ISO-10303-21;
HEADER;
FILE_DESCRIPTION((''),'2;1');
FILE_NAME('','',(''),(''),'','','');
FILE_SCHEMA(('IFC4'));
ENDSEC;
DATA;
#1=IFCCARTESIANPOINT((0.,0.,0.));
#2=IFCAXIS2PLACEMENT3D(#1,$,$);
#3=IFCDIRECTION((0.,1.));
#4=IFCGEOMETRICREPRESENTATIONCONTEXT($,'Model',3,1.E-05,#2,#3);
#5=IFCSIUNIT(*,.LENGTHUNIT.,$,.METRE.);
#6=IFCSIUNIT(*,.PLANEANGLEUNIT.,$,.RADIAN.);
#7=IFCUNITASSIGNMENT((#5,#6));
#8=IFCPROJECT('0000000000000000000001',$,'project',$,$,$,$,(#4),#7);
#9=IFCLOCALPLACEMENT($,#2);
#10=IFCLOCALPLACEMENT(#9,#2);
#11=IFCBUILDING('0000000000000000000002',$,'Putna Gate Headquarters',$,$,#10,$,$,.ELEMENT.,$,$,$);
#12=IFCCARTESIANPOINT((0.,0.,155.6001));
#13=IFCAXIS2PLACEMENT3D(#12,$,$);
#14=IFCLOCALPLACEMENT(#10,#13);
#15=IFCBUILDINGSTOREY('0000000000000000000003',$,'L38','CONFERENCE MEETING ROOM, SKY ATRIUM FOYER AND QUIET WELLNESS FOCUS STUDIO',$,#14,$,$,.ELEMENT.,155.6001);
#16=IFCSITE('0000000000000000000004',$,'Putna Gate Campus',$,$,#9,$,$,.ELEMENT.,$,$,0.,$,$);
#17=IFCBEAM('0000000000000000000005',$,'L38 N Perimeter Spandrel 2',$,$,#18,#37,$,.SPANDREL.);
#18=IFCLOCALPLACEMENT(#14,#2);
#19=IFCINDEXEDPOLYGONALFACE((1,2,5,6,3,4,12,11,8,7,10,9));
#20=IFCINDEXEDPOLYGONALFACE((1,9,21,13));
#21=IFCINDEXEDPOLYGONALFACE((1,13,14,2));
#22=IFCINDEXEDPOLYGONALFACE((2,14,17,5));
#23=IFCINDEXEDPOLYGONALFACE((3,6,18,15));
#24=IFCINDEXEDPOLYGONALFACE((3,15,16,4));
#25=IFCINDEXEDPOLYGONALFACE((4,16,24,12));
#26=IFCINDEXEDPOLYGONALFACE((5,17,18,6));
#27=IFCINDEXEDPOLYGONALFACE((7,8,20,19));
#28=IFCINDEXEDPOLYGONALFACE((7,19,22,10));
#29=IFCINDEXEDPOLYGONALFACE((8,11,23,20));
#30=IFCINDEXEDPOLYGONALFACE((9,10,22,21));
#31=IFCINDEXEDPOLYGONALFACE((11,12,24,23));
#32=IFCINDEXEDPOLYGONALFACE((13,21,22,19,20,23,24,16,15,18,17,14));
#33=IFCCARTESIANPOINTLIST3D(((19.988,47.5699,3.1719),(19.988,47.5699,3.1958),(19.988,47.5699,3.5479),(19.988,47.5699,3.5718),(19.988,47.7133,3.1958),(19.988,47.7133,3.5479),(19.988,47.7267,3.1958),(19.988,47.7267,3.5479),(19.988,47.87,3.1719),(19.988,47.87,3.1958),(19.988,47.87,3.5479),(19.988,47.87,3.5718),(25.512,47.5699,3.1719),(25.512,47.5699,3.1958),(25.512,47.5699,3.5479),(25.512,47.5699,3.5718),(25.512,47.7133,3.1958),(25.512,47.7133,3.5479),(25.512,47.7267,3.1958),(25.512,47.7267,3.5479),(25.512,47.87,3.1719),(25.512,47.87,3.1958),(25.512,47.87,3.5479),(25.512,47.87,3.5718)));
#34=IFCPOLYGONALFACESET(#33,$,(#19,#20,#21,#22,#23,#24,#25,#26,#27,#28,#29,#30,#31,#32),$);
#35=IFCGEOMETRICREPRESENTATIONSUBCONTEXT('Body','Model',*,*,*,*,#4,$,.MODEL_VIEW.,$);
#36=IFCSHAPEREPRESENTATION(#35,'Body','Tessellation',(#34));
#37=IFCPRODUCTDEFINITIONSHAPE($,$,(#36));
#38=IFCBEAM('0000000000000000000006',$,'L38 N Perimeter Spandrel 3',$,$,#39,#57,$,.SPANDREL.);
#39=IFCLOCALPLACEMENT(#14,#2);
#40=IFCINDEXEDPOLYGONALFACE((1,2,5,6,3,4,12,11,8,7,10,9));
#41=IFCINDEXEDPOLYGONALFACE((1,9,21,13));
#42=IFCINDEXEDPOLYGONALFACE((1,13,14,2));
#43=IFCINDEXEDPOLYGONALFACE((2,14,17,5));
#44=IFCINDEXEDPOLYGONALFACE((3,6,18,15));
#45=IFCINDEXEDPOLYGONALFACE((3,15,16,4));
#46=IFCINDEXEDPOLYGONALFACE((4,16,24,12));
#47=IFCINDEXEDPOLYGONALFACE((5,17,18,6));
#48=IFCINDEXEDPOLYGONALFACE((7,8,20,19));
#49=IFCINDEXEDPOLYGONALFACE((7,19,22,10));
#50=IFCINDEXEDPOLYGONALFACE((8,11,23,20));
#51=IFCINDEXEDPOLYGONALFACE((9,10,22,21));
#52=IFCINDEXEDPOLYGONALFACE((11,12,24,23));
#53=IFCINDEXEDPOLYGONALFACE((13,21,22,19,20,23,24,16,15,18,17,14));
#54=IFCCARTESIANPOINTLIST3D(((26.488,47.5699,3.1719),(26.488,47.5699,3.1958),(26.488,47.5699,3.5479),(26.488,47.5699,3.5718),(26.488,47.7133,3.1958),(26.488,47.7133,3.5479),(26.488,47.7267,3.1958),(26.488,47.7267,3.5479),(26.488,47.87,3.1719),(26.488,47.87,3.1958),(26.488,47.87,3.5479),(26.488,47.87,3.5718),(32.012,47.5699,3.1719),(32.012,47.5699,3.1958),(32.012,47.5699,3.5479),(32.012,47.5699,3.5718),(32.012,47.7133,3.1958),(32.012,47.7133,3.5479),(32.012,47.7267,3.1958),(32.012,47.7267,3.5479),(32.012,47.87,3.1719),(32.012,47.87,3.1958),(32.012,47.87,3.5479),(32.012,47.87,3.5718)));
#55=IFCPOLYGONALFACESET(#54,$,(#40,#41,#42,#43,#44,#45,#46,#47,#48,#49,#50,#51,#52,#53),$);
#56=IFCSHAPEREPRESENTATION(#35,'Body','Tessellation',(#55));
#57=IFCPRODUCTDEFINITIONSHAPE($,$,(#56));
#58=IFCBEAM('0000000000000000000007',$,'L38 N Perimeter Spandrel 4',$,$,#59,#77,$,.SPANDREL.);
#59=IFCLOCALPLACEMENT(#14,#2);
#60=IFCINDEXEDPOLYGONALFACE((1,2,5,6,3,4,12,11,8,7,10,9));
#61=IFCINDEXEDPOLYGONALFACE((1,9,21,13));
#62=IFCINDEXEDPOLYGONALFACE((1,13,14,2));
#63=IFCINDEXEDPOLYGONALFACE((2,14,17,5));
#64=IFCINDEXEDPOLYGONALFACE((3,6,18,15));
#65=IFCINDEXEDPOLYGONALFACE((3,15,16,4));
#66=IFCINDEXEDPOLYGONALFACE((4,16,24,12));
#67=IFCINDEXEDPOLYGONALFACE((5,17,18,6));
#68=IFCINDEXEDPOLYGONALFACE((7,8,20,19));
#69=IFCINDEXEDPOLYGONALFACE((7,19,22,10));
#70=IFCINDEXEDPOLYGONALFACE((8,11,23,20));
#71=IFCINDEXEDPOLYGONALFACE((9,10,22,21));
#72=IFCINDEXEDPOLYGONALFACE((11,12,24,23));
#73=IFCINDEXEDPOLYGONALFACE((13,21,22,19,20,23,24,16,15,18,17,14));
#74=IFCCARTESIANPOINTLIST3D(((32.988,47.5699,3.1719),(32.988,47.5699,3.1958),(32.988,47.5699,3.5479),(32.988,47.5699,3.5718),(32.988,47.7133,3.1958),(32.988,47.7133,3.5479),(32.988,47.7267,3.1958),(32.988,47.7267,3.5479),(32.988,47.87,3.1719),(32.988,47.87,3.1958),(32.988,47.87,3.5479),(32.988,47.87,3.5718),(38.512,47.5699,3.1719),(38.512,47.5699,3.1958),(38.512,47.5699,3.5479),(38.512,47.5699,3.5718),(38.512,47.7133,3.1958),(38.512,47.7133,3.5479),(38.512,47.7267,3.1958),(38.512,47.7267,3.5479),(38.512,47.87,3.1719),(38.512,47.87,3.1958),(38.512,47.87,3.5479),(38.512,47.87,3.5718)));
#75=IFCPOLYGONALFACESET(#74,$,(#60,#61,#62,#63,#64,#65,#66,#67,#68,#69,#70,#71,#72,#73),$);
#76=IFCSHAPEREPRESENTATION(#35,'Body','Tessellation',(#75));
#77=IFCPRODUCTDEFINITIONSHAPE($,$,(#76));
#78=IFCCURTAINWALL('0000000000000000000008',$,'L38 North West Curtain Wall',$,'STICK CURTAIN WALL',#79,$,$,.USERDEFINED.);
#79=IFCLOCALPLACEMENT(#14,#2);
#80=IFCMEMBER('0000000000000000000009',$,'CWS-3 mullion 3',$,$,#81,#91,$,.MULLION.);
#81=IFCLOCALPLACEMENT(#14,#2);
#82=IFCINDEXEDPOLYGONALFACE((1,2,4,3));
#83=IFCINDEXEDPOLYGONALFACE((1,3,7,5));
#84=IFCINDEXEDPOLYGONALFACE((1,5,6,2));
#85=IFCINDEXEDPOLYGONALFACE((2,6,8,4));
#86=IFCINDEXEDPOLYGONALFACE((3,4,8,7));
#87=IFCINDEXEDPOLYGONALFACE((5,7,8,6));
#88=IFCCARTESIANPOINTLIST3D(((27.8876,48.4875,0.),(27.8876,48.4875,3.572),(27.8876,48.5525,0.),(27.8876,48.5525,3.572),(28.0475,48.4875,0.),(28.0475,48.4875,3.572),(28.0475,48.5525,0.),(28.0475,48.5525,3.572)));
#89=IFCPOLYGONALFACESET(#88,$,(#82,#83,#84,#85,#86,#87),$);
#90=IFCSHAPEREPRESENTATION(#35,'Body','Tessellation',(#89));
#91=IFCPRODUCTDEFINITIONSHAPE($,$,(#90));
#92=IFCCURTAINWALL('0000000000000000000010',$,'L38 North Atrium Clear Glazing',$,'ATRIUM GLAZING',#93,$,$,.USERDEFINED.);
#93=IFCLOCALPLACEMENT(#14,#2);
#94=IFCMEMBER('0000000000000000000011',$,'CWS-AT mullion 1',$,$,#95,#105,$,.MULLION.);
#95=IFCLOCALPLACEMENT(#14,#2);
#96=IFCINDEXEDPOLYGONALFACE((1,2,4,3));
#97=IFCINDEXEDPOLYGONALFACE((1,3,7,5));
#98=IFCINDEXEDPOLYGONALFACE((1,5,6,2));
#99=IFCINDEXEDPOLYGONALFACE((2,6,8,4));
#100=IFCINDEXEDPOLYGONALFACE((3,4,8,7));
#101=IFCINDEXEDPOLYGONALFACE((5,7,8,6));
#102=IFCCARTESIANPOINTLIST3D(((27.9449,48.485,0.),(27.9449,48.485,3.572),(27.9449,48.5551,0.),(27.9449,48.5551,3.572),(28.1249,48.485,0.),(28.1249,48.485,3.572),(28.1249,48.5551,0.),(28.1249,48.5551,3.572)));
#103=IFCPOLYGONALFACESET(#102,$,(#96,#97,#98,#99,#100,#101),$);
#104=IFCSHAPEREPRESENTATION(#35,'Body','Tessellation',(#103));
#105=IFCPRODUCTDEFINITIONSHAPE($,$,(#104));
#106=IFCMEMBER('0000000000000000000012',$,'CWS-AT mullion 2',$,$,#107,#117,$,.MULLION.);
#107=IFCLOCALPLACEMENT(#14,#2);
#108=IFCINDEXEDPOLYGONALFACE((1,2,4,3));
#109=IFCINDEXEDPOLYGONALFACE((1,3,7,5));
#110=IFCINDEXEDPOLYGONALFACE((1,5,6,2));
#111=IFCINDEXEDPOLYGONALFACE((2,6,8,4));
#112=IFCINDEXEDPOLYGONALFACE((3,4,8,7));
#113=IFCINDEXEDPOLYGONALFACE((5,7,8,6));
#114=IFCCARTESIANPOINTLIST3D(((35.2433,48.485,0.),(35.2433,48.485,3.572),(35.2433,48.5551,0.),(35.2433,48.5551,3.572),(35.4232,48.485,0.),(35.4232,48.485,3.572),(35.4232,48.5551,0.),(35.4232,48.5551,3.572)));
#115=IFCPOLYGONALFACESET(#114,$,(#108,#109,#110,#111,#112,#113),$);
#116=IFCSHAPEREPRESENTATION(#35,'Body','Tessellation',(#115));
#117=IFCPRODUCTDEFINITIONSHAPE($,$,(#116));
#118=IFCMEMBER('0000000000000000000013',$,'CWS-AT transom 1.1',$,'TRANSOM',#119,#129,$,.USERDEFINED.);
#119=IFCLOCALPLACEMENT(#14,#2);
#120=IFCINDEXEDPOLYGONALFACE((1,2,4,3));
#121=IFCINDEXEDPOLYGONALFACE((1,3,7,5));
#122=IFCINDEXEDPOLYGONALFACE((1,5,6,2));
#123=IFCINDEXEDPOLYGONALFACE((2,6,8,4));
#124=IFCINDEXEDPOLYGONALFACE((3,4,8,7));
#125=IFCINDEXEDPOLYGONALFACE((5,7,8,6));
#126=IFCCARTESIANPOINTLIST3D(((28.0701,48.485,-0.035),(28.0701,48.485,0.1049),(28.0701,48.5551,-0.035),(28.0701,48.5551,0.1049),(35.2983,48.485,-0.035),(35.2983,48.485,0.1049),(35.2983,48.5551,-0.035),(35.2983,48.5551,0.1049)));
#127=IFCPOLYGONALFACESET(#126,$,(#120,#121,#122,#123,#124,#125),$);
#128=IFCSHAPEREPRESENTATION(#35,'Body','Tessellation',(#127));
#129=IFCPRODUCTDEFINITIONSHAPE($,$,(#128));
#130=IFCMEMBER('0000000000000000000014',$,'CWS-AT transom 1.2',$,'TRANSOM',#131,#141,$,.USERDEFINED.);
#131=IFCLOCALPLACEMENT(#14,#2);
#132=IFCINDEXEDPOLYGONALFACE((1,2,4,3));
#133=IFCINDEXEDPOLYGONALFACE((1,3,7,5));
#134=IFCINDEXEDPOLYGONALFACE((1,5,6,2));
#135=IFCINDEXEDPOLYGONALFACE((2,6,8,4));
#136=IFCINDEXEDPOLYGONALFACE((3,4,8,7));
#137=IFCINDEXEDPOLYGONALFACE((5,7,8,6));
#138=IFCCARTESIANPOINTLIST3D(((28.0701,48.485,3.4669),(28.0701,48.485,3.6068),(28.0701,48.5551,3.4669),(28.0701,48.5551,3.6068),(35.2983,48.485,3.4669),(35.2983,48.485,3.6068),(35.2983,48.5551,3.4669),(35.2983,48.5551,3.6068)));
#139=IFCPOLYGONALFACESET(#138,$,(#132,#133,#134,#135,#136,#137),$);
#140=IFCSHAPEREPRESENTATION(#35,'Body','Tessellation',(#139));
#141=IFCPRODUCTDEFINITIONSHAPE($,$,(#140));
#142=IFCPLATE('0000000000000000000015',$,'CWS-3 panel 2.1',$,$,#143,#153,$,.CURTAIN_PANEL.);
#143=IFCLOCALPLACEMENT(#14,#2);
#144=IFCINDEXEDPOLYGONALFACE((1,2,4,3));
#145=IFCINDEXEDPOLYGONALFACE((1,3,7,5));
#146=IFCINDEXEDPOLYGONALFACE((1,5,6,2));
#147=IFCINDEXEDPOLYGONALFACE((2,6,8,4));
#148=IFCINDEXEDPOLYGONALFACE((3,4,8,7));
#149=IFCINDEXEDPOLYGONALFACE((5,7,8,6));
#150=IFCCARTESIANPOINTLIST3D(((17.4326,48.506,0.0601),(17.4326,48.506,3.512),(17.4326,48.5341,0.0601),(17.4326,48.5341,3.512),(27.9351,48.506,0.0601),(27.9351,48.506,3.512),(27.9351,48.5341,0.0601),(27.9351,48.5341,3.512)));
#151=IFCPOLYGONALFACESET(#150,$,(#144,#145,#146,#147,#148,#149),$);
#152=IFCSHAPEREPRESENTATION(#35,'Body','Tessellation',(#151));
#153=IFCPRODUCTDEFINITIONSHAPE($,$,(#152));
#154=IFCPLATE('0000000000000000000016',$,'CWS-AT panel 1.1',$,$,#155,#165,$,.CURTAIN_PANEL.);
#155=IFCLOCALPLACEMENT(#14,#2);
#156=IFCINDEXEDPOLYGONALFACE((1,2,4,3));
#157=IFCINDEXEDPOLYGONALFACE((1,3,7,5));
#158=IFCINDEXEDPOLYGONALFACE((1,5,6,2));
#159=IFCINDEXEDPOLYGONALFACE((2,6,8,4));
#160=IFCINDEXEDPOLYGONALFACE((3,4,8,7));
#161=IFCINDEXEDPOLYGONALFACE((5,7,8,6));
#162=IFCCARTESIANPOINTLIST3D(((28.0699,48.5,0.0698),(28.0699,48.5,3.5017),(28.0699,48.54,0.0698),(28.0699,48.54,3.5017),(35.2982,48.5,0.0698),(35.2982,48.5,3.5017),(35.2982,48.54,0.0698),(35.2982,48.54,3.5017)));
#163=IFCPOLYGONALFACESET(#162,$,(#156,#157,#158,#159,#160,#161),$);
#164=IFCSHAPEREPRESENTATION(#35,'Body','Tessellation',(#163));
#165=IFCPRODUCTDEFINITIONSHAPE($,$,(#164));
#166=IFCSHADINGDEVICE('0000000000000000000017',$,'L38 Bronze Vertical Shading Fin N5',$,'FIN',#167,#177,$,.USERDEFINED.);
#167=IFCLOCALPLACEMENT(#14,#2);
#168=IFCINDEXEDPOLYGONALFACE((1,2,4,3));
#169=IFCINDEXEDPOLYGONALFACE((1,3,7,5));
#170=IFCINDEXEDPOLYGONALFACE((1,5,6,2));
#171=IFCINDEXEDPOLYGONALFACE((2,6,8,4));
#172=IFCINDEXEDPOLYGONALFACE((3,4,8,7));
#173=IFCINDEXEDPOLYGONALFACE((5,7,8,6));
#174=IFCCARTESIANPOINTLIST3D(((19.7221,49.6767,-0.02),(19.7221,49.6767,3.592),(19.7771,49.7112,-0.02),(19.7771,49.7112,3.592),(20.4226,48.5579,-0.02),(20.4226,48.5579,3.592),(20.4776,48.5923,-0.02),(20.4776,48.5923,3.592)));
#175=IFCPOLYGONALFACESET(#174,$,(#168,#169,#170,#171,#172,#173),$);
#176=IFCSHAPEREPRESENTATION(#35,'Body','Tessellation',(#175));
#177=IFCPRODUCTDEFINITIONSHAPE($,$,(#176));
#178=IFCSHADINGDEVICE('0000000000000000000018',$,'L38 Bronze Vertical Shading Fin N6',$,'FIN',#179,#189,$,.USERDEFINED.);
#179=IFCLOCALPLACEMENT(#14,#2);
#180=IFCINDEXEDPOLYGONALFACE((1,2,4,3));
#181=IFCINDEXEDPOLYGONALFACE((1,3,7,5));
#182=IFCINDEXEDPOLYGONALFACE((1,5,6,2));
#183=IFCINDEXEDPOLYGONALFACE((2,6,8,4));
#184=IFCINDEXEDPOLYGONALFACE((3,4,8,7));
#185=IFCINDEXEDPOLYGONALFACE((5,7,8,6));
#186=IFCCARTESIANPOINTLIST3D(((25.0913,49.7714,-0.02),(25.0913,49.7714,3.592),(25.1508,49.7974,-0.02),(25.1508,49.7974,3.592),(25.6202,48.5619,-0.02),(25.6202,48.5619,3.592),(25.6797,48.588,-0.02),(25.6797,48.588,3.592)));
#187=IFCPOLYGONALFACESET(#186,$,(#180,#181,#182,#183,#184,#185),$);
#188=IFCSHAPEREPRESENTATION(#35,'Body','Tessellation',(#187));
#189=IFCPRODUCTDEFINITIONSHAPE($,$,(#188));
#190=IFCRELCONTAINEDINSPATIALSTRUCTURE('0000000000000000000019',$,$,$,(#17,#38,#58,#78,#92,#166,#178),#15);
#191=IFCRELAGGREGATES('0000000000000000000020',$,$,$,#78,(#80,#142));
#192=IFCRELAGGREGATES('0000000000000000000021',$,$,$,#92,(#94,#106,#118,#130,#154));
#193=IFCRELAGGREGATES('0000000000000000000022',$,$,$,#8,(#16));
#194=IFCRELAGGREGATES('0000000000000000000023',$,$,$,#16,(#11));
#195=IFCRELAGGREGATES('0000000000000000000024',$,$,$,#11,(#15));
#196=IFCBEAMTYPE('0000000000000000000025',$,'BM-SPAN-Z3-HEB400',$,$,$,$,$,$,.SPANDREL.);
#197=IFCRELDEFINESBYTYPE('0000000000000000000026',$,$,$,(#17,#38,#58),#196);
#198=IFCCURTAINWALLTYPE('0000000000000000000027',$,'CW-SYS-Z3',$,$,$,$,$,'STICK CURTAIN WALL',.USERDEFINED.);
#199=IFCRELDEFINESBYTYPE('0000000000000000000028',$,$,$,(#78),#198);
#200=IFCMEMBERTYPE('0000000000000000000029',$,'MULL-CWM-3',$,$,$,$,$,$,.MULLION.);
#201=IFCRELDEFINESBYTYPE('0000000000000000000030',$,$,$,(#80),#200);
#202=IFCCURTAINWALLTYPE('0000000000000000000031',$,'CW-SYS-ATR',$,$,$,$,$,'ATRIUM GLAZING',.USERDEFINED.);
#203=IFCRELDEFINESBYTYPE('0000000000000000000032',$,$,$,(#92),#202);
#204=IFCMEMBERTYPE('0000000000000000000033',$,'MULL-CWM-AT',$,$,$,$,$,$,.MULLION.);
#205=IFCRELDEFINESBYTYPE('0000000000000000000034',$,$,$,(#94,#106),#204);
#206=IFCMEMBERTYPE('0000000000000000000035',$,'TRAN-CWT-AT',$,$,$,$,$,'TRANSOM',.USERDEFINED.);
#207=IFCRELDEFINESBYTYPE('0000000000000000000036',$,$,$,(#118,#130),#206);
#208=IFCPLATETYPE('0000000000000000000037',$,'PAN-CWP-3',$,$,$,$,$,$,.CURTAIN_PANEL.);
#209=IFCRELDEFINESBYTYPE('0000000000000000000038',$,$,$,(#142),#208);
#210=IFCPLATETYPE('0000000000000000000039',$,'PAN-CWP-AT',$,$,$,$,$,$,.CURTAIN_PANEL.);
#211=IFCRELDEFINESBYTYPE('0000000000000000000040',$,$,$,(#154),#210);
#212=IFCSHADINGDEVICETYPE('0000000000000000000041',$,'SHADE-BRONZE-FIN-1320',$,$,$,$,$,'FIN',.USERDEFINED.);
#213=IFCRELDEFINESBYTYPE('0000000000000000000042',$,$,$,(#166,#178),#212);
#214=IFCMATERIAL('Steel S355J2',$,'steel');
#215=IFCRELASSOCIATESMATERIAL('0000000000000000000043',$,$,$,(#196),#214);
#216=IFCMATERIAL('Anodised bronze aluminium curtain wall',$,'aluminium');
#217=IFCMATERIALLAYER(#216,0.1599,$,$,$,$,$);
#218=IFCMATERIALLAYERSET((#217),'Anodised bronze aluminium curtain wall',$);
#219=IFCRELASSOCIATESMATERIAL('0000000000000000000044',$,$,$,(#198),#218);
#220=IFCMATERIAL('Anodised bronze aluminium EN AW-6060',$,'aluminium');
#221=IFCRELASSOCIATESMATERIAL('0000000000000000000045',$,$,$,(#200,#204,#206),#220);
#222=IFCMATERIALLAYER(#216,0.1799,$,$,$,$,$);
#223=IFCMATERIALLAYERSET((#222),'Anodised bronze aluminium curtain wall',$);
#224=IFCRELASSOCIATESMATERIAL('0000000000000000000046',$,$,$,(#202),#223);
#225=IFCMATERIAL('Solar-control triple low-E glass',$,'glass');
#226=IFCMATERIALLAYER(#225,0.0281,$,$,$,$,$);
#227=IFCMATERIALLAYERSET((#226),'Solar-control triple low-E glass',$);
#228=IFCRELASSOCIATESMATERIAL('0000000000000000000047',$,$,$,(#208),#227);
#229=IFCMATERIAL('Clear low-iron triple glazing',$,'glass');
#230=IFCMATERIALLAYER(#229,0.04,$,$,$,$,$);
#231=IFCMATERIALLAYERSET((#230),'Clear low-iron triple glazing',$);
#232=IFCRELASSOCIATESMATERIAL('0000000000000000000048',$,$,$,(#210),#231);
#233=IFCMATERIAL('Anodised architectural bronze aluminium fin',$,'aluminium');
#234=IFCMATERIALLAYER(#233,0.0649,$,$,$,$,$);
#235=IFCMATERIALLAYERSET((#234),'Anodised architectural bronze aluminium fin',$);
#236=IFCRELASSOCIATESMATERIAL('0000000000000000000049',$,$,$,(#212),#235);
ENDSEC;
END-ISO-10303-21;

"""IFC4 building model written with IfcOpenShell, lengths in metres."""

from ifc_helpers import new_model, si_unit, direction, frame, origin, origin_2d, place, context, subcontext, project, spatial, rectangle, i_section, extrude, material, layer, layer_set, material_profile, profile_set, type_object, element, aggregate, save


model = new_model("IFC4")

# Units and contexts
model_context = context("Model", 3, precision=1e-05, world=origin(), true_north=direction((0.0, 1.0)))
body_context = subcontext(model_context, "Body", "Model", "MODEL_VIEW")
ifc_project = project(units=[si_unit("LENGTHUNIT", "METRE"), si_unit("PLANEANGLEUNIT", "RADIAN")], contexts=[model_context])

# Site, building, storey
site_placement = place(None, origin())
site = spatial("IfcSite", under=ifc_project, at=site_placement, Name="Putna Gate Campus", CompositionType="ELEMENT", RefElevation=0.0)
building_placement = place(site_placement, origin())
building = spatial("IfcBuilding", under=site, at=building_placement, Name="Putna Gate Headquarters", CompositionType="ELEMENT")
storey_placement = place(building_placement, frame((0.0, 0.0, 155.6001)))
storey = spatial("IfcBuildingStorey", under=building, at=storey_placement, Name="L38", Description="CONFERENCE MEETING ROOM, SKY ATRIUM FOYER AND QUIET WELLNESS FOCUS STUDIO", CompositionType="ELEMENT", Elevation=155.6001)

# Beams
ifc_material_1 = material(Name="Steel S355J2", Category="steel")
ifc_material_profile_1 = material_profile(ifc_material_1, i_section(OverallWidth=0.3, OverallDepth=0.3999, WebThickness=0.0134, FlangeThickness=0.0239, at=origin_2d()), Name="Steel S355J2")
ifc_profile_set_1 = profile_set([ifc_material_profile_1], Name="Steel S355J2")
beam_type_1 = type_object("IfcBeamType", Name="BM-SPAN-Z3-HEB400", PredefinedType="SPANDREL", material=ifc_profile_set_1)
for number, where, z_axis, x_axis, name in (
    (1, (19.988, 47.72, 3.3718), (1.0, 0.0, 0.0), (0.0, 1.0, 0.0), "L38 N Perimeter Spandrel 2"),
    (2, (26.488, 47.72, 3.3718), (1.0, 0.0, 0.0), (0.0, 1.0, 0.0), "L38 N Perimeter Spandrel 3"),
    (3, (32.988, 47.72, 3.3718), (1.0, 0.0, 0.0), (0.0, 1.0, 0.0), "L38 N Perimeter Spandrel 4"),
):
    element("IfcBeam", number, at=place(storey_placement, frame(where, z_axis=z_axis, x_axis=x_axis)), inside=storey, type_object=beam_type_1, Name=name, PredefinedType="SPANDREL", context=body_context, shape_type="SweptSolid", body=[
        extrude(i_section(OverallWidth=0.3, OverallDepth=0.3999, WebThickness=0.0134, FlangeThickness=0.0239, at=origin_2d()), origin(), (0.0, 0.0, 1.0), 5.5239),
    ])

# Curtain wall, member
ifc_material_2 = material(Name="Anodised bronze aluminium curtain wall", Category="aluminium")
ifc_layer_1 = layer(ifc_material_2, 0.1599)
ifc_layer_set_1 = layer_set([ifc_layer_1], Name="Anodised bronze aluminium curtain wall")
curtain_wall_type_1 = type_object("IfcCurtainWallType", Name="CW-SYS-Z3", ElementType="STICK CURTAIN WALL", PredefinedType="USERDEFINED", material=ifc_layer_set_1)
curtain_wall_1_placement = place(storey_placement, origin())
curtain_wall_1 = element("IfcCurtainWall", 4, at=curtain_wall_1_placement, inside=storey, type_object=curtain_wall_type_1, Name="L38 North West Curtain Wall", ObjectType="STICK CURTAIN WALL", PredefinedType="USERDEFINED")
ifc_material_3 = material(Name="Anodised bronze aluminium EN AW-6060", Category="aluminium")
ifc_material_profile_2 = material_profile(ifc_material_3, rectangle(XDim=0.0649, YDim=0.1599, at=origin_2d()), Name="Anodised bronze aluminium EN AW-6060")
ifc_profile_set_2 = profile_set([ifc_material_profile_2], Name="Anodised bronze aluminium EN AW-6060")
member_type_1 = type_object("IfcMemberType", Name="MULL-CWM-3", PredefinedType="MULLION", material=ifc_profile_set_2)
member_1_placement = place(storey_placement, frame((27.9675, 48.52, 0.0), z_axis=(0.0, 0.0, 1.0), x_axis=(0.0, 1.0, 0.0)))
member_1 = element("IfcMember", 5, at=member_1_placement, type_object=member_type_1, Name="CWS-3 mullion 3", PredefinedType="MULLION", context=body_context, shape_type="SweptSolid", body=[
    extrude(rectangle(XDim=0.0649, YDim=0.1599, at=origin_2d()), origin(), (0.0, 0.0, 1.0), 3.572),
])

# Curtain wall, members
ifc_layer_2 = layer(ifc_material_2, 0.1799)
ifc_layer_set_2 = layer_set([ifc_layer_2], Name="Anodised bronze aluminium curtain wall")
curtain_wall_type_2 = type_object("IfcCurtainWallType", Name="CW-SYS-ATR", ElementType="ATRIUM GLAZING", PredefinedType="USERDEFINED", material=ifc_layer_set_2)
curtain_wall_2_placement = place(storey_placement, origin())
curtain_wall_2 = element("IfcCurtainWall", 6, at=curtain_wall_2_placement, inside=storey, type_object=curtain_wall_type_2, Name="L38 North Atrium Clear Glazing", ObjectType="ATRIUM GLAZING", PredefinedType="USERDEFINED")
ifc_material_profile_3 = material_profile(ifc_material_3, rectangle(XDim=0.0701, YDim=0.1799, at=origin_2d()), Name="Anodised bronze aluminium EN AW-6060")
ifc_profile_set_3 = profile_set([ifc_material_profile_3], Name="Anodised bronze aluminium EN AW-6060")
member_type_2 = type_object("IfcMemberType", Name="MULL-CWM-AT", PredefinedType="MULLION", material=ifc_profile_set_3)
member_2_placement = place(storey_placement, frame((28.0349, 48.52, 0.0), z_axis=(0.0, 0.0, 1.0), x_axis=(0.0, 1.0, 0.0)))
member_2 = element("IfcMember", 7, at=member_2_placement, type_object=member_type_2, Name="CWS-AT mullion 1", PredefinedType="MULLION", context=body_context, shape_type="SweptSolid", body=[
    extrude(rectangle(XDim=0.0701, YDim=0.1799, at=origin_2d()), origin(), (0.0, 0.0, 1.0), 3.572),
])
member_3_placement = place(storey_placement, frame((35.3333, 48.52, 0.0), z_axis=(0.0, 0.0, 1.0), x_axis=(0.0, 1.0, 0.0)))
member_3 = element("IfcMember", 8, at=member_3_placement, type_object=member_type_2, Name="CWS-AT mullion 2", PredefinedType="MULLION", context=body_context, shape_type="SweptSolid", body=[
    extrude(rectangle(XDim=0.0701, YDim=0.1799, at=origin_2d()), origin(), (0.0, 0.0, 1.0), 3.572),
])
ifc_material_profile_4 = material_profile(ifc_material_3, rectangle(XDim=0.0701, YDim=0.1399, at=origin_2d()), Name="Anodised bronze aluminium EN AW-6060")
ifc_profile_set_4 = profile_set([ifc_material_profile_4], Name="Anodised bronze aluminium EN AW-6060")
member_type_3 = type_object("IfcMemberType", Name="TRAN-CWT-AT", ElementType="TRANSOM", PredefinedType="USERDEFINED", material=ifc_profile_set_4)
member_4_placement = place(storey_placement, frame((28.0701, 48.52, 0.0349), z_axis=(1.0, 0.0, 0.0), x_axis=(0.0, 1.0, 0.0)))
member_4 = element("IfcMember", 9, at=member_4_placement, type_object=member_type_3, Name="CWS-AT transom 1.1", ObjectType="TRANSOM", PredefinedType="USERDEFINED", context=body_context, shape_type="SweptSolid", body=[
    extrude(rectangle(XDim=0.0701, YDim=0.1399, at=origin_2d()), origin(), (0.0, 0.0, 1.0), 7.2283),
])
member_5_placement = place(storey_placement, frame((28.0701, 48.52, 3.5369), z_axis=(1.0, 0.0, 0.0), x_axis=(0.0, 1.0, 0.0)))
member_5 = element("IfcMember", 10, at=member_5_placement, type_object=member_type_3, Name="CWS-AT transom 1.2", ObjectType="TRANSOM", PredefinedType="USERDEFINED", context=body_context, shape_type="SweptSolid", body=[
    extrude(rectangle(XDim=0.0701, YDim=0.1399, at=origin_2d()), origin(), (0.0, 0.0, 1.0), 7.2283),
])

# Plates
ifc_material_4 = material(Name="Solar-control triple low-E glass", Category="glass")
ifc_layer_3 = layer(ifc_material_4, 0.0281)
ifc_layer_set_3 = layer_set([ifc_layer_3], Name="Solar-control triple low-E glass")
plate_type_1 = type_object("IfcPlateType", Name="PAN-CWP-3", PredefinedType="CURTAIN_PANEL", material=ifc_layer_set_3)
plate_1_placement = place(storey_placement, frame((22.6838, 48.52, 0.0601), z_axis=(0.0, 0.0, 1.0), x_axis=(1.0, 0.0, 0.0)))
plate_1 = element("IfcPlate", 11, at=plate_1_placement, type_object=plate_type_1, Name="CWS-3 panel 2.1", PredefinedType="CURTAIN_PANEL", context=body_context, shape_type="SweptSolid", body=[
    extrude(rectangle(XDim=10.5024, YDim=0.0281, at=origin_2d()), origin(), (0.0, 0.0, 1.0), 3.4519),
])
aggregate(curtain_wall_1, [member_1, plate_1])
ifc_material_5 = material(Name="Clear low-iron triple glazing", Category="glass")
ifc_layer_4 = layer(ifc_material_5, 0.04)
ifc_layer_set_4 = layer_set([ifc_layer_4], Name="Clear low-iron triple glazing")
plate_type_2 = type_object("IfcPlateType", Name="PAN-CWP-AT", PredefinedType="CURTAIN_PANEL", material=ifc_layer_set_4)
plate_2_placement = place(storey_placement, frame((31.6841, 48.52, 0.0698), z_axis=(0.0, 0.0, 1.0), x_axis=(1.0, 0.0, 0.0)))
plate_2 = element("IfcPlate", 12, at=plate_2_placement, type_object=plate_type_2, Name="CWS-AT panel 1.1", PredefinedType="CURTAIN_PANEL", context=body_context, shape_type="SweptSolid", body=[
    extrude(rectangle(XDim=7.2283, YDim=0.04, at=origin_2d()), origin(), (0.0, 0.0, 1.0), 3.4319),
])
aggregate(curtain_wall_2, [member_2, member_3, member_4, member_5, plate_2])

# Shading devices
ifc_material_6 = material(Name="Anodised architectural bronze aluminium fin", Category="aluminium")
ifc_layer_5 = layer(ifc_material_6, 0.0649)
ifc_layer_set_5 = layer_set([ifc_layer_5], Name="Anodised architectural bronze aluminium fin")
shading_device_type = type_object("IfcShadingDeviceType", Name="SHADE-BRONZE-FIN-1320", ElementType="FIN", PredefinedType="USERDEFINED", material=ifc_layer_set_5)
for number, where, z_axis, x_axis, name in (
    (13, (20.0999, 49.1345, -0.02), (0.0, 0.0, 1.0), (-0.530659, 0.847585, 0.0), "L38 Bronze Vertical Shading Fin N5"),
    (14, (25.3855, 49.1797, -0.02), (0.0, 0.0, 1.0), (-0.400669, 0.916223, 0.0), "L38 Bronze Vertical Shading Fin N6"),
):
    element("IfcShadingDevice", number, at=place(storey_placement, frame(where, z_axis=z_axis, x_axis=x_axis)), inside=storey, type_object=shading_device_type, Name=name, ObjectType="FIN", PredefinedType="USERDEFINED", context=body_context, shape_type="SweptSolid", body=[
        extrude(rectangle(XDim=1.3201, YDim=0.0649, at=origin_2d()), origin(), (0.0, 0.0, 1.0), 3.6121),
    ])

save(model, "model.ifc")
